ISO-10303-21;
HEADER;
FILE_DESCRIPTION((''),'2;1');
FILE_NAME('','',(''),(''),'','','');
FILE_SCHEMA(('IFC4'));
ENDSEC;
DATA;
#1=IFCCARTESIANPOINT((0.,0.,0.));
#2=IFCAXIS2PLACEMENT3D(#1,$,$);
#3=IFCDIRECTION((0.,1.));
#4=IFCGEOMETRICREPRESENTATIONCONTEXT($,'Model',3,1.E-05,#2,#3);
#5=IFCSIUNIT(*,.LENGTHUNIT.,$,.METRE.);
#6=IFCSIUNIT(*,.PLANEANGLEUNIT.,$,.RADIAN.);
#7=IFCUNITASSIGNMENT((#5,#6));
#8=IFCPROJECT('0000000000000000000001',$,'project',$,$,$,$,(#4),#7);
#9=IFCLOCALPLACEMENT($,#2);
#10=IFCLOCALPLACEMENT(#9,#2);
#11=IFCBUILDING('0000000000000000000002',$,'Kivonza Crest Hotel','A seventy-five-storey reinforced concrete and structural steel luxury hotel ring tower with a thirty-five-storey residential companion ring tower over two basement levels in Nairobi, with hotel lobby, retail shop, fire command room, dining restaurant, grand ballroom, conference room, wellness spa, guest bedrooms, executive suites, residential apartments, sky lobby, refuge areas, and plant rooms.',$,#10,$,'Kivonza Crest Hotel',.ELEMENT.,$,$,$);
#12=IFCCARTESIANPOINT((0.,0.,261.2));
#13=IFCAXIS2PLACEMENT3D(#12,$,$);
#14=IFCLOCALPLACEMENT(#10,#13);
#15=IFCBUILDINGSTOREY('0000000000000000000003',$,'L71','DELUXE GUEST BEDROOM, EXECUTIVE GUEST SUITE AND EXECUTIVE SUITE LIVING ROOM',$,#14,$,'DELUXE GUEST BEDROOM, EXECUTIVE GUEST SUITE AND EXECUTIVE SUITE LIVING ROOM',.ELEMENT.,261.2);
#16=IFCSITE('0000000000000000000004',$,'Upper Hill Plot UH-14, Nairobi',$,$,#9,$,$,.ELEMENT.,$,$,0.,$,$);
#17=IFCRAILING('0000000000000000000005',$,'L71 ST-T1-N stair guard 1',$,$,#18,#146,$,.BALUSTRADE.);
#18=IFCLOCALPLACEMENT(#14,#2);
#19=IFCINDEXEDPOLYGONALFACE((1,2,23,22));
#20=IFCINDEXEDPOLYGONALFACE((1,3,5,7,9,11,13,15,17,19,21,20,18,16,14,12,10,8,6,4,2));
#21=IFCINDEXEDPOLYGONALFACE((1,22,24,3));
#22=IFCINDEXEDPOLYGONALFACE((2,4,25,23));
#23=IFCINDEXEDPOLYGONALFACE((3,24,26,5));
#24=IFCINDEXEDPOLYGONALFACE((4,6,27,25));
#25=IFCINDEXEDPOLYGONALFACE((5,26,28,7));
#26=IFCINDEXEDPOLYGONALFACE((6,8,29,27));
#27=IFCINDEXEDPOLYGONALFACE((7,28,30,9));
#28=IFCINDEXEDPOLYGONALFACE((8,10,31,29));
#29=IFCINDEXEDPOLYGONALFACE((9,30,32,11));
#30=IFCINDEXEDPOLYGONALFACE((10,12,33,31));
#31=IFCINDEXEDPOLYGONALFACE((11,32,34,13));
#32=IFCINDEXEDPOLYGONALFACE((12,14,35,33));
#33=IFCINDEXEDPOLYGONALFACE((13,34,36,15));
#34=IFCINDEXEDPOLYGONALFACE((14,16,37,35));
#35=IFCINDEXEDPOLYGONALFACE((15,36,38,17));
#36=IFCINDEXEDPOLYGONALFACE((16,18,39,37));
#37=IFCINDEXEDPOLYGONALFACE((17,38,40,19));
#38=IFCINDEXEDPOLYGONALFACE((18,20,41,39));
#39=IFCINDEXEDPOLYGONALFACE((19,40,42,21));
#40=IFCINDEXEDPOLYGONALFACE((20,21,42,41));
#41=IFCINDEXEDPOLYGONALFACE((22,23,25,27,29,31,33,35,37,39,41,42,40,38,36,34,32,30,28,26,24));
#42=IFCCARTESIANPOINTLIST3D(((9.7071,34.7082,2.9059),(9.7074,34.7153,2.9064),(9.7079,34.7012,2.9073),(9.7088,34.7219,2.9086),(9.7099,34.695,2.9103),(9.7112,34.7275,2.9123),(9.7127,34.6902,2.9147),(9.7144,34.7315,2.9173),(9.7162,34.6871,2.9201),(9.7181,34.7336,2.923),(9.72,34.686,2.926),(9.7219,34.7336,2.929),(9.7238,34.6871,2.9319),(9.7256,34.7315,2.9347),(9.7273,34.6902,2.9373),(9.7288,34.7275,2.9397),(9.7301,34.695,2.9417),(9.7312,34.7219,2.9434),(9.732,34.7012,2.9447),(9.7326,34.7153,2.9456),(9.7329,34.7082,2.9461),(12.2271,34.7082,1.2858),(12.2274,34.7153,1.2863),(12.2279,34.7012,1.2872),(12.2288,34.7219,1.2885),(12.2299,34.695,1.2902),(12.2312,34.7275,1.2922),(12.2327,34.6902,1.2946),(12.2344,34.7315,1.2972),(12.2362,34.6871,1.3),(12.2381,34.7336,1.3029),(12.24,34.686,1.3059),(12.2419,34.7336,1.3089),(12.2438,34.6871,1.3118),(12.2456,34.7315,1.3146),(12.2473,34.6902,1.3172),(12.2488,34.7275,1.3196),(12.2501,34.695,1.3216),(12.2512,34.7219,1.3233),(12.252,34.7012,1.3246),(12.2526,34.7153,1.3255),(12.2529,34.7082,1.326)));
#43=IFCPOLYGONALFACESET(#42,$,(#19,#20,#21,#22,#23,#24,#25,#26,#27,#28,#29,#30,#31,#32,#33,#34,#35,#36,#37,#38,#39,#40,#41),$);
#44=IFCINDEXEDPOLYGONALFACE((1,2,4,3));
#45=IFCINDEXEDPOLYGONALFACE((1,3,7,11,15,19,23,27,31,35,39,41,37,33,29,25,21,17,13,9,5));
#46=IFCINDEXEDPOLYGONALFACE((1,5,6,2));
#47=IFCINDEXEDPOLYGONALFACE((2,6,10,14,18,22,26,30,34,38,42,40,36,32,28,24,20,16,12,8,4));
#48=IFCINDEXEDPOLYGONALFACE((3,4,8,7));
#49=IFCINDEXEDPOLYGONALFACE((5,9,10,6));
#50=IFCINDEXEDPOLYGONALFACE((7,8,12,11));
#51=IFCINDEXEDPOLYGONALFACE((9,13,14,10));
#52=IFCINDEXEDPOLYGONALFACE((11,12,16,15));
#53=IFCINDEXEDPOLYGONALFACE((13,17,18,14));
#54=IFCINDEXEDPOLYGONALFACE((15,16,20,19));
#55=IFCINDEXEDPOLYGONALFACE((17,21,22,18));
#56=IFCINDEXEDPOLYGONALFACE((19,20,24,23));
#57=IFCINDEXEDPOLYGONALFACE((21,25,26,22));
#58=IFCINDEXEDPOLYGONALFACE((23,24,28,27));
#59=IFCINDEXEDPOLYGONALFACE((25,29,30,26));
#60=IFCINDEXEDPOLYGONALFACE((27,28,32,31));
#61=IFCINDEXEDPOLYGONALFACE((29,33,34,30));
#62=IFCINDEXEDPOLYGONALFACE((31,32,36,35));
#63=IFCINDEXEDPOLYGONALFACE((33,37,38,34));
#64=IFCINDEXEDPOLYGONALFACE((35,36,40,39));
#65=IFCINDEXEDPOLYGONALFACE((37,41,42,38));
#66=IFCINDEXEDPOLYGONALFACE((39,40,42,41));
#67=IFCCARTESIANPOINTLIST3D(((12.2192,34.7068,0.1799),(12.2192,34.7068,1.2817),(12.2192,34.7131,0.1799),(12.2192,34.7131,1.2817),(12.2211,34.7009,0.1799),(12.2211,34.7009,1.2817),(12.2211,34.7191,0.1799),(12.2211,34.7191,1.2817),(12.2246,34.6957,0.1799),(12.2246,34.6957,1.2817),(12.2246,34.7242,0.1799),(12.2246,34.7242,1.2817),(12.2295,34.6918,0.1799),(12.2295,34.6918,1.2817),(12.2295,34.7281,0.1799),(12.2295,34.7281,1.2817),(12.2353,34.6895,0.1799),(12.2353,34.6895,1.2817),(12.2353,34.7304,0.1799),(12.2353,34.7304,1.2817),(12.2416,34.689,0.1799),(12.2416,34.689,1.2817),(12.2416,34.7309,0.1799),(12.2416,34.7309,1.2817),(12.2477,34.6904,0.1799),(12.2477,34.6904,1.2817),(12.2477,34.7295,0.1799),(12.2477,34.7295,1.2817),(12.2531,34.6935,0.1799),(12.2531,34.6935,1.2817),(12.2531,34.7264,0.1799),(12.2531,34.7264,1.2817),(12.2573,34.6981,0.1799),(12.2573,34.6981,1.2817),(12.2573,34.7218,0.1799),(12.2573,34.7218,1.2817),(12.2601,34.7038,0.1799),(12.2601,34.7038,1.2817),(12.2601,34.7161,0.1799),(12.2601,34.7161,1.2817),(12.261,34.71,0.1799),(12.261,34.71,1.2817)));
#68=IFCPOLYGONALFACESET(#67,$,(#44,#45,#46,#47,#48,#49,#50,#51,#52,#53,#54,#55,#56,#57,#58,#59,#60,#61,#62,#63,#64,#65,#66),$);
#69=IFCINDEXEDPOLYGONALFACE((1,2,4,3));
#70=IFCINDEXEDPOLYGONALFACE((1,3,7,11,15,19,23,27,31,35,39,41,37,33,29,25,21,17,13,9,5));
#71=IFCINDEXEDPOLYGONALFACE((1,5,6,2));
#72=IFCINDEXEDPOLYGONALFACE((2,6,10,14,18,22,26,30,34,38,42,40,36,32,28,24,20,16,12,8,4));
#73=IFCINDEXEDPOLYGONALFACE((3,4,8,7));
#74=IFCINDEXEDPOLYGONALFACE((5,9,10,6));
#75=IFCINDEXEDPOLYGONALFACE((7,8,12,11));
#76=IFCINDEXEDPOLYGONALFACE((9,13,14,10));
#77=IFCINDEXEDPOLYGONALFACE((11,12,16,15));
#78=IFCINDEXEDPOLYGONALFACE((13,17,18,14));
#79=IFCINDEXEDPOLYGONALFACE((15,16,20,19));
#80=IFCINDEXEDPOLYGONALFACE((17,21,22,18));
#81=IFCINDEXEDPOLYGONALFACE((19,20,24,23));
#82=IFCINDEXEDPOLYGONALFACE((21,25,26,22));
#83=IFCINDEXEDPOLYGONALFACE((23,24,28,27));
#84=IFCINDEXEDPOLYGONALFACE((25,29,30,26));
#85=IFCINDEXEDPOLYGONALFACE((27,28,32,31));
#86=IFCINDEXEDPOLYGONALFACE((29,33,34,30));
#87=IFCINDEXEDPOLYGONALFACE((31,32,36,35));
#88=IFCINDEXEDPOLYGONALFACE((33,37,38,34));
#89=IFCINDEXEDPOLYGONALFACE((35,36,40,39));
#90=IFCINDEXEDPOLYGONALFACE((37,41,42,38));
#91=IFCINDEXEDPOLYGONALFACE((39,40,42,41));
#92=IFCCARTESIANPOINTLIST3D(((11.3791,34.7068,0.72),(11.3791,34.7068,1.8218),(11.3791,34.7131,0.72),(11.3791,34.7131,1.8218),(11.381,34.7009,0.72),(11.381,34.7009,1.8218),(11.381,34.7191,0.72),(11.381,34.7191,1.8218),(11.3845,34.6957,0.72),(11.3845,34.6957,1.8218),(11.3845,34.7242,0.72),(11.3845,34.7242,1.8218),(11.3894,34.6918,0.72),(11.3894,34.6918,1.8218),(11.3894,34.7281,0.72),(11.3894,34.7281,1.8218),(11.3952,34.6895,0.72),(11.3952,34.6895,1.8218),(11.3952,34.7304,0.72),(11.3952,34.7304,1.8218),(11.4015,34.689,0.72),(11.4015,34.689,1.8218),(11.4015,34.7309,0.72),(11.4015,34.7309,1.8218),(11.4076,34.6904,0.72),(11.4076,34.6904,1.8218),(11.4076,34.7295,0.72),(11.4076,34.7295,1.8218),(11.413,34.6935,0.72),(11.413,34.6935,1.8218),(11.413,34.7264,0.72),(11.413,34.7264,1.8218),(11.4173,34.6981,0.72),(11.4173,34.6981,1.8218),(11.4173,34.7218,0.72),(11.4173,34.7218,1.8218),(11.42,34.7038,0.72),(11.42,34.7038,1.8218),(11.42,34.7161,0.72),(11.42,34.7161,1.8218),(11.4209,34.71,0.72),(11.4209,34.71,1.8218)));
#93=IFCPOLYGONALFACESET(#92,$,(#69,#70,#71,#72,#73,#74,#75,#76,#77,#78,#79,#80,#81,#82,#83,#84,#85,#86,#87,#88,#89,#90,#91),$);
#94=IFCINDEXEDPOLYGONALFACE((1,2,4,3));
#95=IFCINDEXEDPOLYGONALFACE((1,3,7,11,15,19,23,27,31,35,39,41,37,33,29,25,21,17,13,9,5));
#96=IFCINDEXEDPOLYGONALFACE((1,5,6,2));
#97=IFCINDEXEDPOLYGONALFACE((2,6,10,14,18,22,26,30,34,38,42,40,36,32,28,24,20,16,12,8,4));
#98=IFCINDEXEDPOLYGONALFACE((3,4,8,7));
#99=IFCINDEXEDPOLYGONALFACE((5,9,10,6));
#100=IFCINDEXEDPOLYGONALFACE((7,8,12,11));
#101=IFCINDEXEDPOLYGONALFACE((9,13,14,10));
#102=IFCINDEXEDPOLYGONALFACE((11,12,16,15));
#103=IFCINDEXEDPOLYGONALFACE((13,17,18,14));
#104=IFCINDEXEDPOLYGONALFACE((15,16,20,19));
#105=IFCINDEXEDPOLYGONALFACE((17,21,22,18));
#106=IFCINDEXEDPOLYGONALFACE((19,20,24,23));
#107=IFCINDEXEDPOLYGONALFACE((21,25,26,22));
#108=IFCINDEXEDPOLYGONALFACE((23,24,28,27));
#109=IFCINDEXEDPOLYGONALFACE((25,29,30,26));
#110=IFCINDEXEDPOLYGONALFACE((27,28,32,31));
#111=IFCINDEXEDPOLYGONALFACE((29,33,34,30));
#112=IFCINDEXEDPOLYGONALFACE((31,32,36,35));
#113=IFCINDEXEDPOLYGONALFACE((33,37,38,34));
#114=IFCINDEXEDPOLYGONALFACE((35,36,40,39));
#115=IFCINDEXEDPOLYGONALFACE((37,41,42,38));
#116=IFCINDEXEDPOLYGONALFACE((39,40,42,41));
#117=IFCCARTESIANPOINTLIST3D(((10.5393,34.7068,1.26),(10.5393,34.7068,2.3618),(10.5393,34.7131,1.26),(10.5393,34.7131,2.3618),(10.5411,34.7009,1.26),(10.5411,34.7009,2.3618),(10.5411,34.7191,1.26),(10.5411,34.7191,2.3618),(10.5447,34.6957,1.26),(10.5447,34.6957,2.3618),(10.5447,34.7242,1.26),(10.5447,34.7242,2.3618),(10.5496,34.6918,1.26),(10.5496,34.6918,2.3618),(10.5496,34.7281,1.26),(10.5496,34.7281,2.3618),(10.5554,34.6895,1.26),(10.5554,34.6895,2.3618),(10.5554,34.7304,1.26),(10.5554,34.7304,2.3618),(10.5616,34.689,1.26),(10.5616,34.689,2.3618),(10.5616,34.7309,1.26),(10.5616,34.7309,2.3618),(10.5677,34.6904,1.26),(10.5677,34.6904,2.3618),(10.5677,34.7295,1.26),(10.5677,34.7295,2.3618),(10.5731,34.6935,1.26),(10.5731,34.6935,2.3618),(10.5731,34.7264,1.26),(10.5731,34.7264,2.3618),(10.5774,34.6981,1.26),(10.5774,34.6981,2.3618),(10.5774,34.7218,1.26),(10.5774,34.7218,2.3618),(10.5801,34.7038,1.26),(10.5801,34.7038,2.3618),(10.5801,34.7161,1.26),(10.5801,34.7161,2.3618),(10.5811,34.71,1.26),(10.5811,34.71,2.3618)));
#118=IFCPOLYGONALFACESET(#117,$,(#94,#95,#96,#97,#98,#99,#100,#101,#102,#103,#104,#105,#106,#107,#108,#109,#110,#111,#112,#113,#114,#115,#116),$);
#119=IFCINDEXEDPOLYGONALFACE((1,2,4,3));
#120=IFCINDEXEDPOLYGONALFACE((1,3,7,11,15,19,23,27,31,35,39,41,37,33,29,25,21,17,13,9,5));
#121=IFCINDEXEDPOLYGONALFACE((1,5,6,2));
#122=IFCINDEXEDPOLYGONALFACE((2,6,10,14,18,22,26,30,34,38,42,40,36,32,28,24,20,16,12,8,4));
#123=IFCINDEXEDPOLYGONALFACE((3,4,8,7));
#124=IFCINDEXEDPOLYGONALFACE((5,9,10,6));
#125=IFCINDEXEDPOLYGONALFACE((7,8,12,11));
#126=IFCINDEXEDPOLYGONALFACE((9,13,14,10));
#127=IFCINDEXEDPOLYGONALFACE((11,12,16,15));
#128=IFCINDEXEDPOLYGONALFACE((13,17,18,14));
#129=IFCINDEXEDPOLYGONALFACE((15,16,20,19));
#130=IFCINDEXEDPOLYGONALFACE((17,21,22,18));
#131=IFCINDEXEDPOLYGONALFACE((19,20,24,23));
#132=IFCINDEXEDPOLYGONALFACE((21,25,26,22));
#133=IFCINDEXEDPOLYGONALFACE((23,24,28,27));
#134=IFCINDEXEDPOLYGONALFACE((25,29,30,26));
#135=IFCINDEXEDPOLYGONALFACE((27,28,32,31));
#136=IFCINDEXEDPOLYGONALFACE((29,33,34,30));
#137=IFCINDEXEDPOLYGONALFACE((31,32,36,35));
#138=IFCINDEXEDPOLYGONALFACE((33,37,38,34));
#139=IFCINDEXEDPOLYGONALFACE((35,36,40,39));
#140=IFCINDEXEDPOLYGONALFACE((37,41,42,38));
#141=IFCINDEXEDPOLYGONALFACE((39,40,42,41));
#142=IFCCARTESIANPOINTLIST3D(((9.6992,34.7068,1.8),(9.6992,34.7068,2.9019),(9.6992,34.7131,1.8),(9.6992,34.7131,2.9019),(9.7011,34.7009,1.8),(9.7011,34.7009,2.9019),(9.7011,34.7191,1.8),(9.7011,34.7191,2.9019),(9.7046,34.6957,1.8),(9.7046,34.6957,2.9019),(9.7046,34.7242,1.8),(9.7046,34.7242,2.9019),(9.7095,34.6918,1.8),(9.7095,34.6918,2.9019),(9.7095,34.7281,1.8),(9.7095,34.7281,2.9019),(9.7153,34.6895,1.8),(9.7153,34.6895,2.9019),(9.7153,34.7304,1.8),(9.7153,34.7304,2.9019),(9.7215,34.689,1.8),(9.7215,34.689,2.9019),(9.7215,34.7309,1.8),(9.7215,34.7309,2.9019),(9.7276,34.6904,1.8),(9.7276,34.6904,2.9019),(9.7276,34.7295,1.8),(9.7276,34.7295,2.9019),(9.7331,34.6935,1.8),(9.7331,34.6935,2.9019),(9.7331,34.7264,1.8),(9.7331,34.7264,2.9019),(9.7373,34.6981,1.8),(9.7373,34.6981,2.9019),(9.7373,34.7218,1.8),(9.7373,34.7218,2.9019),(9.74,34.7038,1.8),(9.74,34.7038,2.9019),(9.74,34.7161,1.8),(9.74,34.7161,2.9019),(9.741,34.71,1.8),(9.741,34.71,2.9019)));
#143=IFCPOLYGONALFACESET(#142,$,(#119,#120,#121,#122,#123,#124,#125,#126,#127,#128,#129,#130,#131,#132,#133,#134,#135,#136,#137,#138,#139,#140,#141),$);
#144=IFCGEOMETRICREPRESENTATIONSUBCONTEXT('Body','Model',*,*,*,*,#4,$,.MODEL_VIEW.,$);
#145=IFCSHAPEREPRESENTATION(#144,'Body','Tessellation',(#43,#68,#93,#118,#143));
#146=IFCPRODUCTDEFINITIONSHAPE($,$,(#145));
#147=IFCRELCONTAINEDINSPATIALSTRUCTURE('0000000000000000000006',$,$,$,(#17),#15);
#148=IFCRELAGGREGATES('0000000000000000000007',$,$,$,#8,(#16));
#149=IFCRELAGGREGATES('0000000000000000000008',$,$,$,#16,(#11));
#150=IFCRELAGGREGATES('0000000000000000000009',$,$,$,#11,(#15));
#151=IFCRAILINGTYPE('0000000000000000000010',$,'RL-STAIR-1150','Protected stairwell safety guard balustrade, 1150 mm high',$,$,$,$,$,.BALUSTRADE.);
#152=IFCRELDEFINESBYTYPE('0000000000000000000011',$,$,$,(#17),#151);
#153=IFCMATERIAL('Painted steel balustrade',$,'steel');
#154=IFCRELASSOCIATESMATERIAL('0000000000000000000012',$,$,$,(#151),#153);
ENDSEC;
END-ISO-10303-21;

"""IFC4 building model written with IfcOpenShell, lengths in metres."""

from ifc_helpers import new_model, si_unit, direction, frame, origin, origin_2d, place, context, subcontext, project, spatial, circle, extrude, material, type_object, element, save


model = new_model("IFC4")

# Units and contexts
model_context = context("Model", 3, precision=1e-05, world=origin(), true_north=direction((0.0, 1.0)))
body_context = subcontext(model_context, "Body", "Model", "MODEL_VIEW")
ifc_project = project(units=[si_unit("LENGTHUNIT", "METRE"), si_unit("PLANEANGLEUNIT", "RADIAN")], contexts=[model_context])

# Site, building, storey
site_placement = place(None, origin())
site = spatial("IfcSite", under=ifc_project, at=site_placement, Name="Upper Hill Plot UH-14, Nairobi", CompositionType="ELEMENT", RefElevation=0.0)
building_placement = place(site_placement, origin())
building = spatial("IfcBuilding", under=site, at=building_placement, Name="Kivonza Crest Hotel", Description="A seventy-five-storey reinforced concrete and structural steel luxury hotel ring tower with a thirty-five-storey residential companion ring tower over two basement levels in Nairobi, with hotel lobby, retail shop, fire command room, dining restaurant, grand ballroom, conference room, wellness spa, guest bedrooms, executive suites, residential apartments, sky lobby, refuge areas, and plant rooms.", LongName="Kivonza Crest Hotel", CompositionType="ELEMENT")
storey_placement = place(building_placement, frame((0.0, 0.0, 261.2)))
storey = spatial("IfcBuildingStorey", under=building, at=storey_placement, Name="L71", Description="DELUXE GUEST BEDROOM, EXECUTIVE GUEST SUITE AND EXECUTIVE SUITE LIVING ROOM", LongName="DELUXE GUEST BEDROOM, EXECUTIVE GUEST SUITE AND EXECUTIVE SUITE LIVING ROOM", CompositionType="ELEMENT", Elevation=261.2)

# Railing
ifc_material_1 = material(Name="Painted steel balustrade", Category="steel")
railing_type_1 = type_object("IfcRailingType", Name="RL-STAIR-1150", Description="Protected stairwell safety guard balustrade, 1150 mm high", PredefinedType="BALUSTRADE", material=ifc_material_1)
railing_1_placement = place(storey_placement, frame((12.24, 34.71, 0.1799)))
element("IfcRailing", 1, at=railing_1_placement, inside=storey, type_object=railing_type_1, Name="L71 ST-T1-N stair guard 1", PredefinedType="BALUSTRADE", context=body_context, shape_type="SweptSolid", body=[
    extrude(circle(Radius=0.0239, at=origin_2d()), frame((0.0, 0.0, 1.126), z_axis=(-0.841163, 0.0, 0.540782), x_axis=(0.0, -1.0, 0.0)), (0.0, 0.0, 1.0), 2.9958),
    extrude(circle(Radius=0.021, at=origin_2d()), origin(), (0.0, 0.0, 1.0), 1.1018),
    extrude(circle(Radius=0.021, at=origin_2d()), frame((-0.8401, 0.0, 0.54)), (0.0, 0.0, 1.0), 1.1018),
    extrude(circle(Radius=0.021, at=origin_2d()), frame((-1.6799, 0.0, 1.0801)), (0.0, 0.0, 1.0), 1.1018),
    extrude(circle(Radius=0.021, at=origin_2d()), frame((-2.52, 0.0, 1.6201)), (0.0, 0.0, 1.0), 1.1018),
])

save(model, "model.ifc")
